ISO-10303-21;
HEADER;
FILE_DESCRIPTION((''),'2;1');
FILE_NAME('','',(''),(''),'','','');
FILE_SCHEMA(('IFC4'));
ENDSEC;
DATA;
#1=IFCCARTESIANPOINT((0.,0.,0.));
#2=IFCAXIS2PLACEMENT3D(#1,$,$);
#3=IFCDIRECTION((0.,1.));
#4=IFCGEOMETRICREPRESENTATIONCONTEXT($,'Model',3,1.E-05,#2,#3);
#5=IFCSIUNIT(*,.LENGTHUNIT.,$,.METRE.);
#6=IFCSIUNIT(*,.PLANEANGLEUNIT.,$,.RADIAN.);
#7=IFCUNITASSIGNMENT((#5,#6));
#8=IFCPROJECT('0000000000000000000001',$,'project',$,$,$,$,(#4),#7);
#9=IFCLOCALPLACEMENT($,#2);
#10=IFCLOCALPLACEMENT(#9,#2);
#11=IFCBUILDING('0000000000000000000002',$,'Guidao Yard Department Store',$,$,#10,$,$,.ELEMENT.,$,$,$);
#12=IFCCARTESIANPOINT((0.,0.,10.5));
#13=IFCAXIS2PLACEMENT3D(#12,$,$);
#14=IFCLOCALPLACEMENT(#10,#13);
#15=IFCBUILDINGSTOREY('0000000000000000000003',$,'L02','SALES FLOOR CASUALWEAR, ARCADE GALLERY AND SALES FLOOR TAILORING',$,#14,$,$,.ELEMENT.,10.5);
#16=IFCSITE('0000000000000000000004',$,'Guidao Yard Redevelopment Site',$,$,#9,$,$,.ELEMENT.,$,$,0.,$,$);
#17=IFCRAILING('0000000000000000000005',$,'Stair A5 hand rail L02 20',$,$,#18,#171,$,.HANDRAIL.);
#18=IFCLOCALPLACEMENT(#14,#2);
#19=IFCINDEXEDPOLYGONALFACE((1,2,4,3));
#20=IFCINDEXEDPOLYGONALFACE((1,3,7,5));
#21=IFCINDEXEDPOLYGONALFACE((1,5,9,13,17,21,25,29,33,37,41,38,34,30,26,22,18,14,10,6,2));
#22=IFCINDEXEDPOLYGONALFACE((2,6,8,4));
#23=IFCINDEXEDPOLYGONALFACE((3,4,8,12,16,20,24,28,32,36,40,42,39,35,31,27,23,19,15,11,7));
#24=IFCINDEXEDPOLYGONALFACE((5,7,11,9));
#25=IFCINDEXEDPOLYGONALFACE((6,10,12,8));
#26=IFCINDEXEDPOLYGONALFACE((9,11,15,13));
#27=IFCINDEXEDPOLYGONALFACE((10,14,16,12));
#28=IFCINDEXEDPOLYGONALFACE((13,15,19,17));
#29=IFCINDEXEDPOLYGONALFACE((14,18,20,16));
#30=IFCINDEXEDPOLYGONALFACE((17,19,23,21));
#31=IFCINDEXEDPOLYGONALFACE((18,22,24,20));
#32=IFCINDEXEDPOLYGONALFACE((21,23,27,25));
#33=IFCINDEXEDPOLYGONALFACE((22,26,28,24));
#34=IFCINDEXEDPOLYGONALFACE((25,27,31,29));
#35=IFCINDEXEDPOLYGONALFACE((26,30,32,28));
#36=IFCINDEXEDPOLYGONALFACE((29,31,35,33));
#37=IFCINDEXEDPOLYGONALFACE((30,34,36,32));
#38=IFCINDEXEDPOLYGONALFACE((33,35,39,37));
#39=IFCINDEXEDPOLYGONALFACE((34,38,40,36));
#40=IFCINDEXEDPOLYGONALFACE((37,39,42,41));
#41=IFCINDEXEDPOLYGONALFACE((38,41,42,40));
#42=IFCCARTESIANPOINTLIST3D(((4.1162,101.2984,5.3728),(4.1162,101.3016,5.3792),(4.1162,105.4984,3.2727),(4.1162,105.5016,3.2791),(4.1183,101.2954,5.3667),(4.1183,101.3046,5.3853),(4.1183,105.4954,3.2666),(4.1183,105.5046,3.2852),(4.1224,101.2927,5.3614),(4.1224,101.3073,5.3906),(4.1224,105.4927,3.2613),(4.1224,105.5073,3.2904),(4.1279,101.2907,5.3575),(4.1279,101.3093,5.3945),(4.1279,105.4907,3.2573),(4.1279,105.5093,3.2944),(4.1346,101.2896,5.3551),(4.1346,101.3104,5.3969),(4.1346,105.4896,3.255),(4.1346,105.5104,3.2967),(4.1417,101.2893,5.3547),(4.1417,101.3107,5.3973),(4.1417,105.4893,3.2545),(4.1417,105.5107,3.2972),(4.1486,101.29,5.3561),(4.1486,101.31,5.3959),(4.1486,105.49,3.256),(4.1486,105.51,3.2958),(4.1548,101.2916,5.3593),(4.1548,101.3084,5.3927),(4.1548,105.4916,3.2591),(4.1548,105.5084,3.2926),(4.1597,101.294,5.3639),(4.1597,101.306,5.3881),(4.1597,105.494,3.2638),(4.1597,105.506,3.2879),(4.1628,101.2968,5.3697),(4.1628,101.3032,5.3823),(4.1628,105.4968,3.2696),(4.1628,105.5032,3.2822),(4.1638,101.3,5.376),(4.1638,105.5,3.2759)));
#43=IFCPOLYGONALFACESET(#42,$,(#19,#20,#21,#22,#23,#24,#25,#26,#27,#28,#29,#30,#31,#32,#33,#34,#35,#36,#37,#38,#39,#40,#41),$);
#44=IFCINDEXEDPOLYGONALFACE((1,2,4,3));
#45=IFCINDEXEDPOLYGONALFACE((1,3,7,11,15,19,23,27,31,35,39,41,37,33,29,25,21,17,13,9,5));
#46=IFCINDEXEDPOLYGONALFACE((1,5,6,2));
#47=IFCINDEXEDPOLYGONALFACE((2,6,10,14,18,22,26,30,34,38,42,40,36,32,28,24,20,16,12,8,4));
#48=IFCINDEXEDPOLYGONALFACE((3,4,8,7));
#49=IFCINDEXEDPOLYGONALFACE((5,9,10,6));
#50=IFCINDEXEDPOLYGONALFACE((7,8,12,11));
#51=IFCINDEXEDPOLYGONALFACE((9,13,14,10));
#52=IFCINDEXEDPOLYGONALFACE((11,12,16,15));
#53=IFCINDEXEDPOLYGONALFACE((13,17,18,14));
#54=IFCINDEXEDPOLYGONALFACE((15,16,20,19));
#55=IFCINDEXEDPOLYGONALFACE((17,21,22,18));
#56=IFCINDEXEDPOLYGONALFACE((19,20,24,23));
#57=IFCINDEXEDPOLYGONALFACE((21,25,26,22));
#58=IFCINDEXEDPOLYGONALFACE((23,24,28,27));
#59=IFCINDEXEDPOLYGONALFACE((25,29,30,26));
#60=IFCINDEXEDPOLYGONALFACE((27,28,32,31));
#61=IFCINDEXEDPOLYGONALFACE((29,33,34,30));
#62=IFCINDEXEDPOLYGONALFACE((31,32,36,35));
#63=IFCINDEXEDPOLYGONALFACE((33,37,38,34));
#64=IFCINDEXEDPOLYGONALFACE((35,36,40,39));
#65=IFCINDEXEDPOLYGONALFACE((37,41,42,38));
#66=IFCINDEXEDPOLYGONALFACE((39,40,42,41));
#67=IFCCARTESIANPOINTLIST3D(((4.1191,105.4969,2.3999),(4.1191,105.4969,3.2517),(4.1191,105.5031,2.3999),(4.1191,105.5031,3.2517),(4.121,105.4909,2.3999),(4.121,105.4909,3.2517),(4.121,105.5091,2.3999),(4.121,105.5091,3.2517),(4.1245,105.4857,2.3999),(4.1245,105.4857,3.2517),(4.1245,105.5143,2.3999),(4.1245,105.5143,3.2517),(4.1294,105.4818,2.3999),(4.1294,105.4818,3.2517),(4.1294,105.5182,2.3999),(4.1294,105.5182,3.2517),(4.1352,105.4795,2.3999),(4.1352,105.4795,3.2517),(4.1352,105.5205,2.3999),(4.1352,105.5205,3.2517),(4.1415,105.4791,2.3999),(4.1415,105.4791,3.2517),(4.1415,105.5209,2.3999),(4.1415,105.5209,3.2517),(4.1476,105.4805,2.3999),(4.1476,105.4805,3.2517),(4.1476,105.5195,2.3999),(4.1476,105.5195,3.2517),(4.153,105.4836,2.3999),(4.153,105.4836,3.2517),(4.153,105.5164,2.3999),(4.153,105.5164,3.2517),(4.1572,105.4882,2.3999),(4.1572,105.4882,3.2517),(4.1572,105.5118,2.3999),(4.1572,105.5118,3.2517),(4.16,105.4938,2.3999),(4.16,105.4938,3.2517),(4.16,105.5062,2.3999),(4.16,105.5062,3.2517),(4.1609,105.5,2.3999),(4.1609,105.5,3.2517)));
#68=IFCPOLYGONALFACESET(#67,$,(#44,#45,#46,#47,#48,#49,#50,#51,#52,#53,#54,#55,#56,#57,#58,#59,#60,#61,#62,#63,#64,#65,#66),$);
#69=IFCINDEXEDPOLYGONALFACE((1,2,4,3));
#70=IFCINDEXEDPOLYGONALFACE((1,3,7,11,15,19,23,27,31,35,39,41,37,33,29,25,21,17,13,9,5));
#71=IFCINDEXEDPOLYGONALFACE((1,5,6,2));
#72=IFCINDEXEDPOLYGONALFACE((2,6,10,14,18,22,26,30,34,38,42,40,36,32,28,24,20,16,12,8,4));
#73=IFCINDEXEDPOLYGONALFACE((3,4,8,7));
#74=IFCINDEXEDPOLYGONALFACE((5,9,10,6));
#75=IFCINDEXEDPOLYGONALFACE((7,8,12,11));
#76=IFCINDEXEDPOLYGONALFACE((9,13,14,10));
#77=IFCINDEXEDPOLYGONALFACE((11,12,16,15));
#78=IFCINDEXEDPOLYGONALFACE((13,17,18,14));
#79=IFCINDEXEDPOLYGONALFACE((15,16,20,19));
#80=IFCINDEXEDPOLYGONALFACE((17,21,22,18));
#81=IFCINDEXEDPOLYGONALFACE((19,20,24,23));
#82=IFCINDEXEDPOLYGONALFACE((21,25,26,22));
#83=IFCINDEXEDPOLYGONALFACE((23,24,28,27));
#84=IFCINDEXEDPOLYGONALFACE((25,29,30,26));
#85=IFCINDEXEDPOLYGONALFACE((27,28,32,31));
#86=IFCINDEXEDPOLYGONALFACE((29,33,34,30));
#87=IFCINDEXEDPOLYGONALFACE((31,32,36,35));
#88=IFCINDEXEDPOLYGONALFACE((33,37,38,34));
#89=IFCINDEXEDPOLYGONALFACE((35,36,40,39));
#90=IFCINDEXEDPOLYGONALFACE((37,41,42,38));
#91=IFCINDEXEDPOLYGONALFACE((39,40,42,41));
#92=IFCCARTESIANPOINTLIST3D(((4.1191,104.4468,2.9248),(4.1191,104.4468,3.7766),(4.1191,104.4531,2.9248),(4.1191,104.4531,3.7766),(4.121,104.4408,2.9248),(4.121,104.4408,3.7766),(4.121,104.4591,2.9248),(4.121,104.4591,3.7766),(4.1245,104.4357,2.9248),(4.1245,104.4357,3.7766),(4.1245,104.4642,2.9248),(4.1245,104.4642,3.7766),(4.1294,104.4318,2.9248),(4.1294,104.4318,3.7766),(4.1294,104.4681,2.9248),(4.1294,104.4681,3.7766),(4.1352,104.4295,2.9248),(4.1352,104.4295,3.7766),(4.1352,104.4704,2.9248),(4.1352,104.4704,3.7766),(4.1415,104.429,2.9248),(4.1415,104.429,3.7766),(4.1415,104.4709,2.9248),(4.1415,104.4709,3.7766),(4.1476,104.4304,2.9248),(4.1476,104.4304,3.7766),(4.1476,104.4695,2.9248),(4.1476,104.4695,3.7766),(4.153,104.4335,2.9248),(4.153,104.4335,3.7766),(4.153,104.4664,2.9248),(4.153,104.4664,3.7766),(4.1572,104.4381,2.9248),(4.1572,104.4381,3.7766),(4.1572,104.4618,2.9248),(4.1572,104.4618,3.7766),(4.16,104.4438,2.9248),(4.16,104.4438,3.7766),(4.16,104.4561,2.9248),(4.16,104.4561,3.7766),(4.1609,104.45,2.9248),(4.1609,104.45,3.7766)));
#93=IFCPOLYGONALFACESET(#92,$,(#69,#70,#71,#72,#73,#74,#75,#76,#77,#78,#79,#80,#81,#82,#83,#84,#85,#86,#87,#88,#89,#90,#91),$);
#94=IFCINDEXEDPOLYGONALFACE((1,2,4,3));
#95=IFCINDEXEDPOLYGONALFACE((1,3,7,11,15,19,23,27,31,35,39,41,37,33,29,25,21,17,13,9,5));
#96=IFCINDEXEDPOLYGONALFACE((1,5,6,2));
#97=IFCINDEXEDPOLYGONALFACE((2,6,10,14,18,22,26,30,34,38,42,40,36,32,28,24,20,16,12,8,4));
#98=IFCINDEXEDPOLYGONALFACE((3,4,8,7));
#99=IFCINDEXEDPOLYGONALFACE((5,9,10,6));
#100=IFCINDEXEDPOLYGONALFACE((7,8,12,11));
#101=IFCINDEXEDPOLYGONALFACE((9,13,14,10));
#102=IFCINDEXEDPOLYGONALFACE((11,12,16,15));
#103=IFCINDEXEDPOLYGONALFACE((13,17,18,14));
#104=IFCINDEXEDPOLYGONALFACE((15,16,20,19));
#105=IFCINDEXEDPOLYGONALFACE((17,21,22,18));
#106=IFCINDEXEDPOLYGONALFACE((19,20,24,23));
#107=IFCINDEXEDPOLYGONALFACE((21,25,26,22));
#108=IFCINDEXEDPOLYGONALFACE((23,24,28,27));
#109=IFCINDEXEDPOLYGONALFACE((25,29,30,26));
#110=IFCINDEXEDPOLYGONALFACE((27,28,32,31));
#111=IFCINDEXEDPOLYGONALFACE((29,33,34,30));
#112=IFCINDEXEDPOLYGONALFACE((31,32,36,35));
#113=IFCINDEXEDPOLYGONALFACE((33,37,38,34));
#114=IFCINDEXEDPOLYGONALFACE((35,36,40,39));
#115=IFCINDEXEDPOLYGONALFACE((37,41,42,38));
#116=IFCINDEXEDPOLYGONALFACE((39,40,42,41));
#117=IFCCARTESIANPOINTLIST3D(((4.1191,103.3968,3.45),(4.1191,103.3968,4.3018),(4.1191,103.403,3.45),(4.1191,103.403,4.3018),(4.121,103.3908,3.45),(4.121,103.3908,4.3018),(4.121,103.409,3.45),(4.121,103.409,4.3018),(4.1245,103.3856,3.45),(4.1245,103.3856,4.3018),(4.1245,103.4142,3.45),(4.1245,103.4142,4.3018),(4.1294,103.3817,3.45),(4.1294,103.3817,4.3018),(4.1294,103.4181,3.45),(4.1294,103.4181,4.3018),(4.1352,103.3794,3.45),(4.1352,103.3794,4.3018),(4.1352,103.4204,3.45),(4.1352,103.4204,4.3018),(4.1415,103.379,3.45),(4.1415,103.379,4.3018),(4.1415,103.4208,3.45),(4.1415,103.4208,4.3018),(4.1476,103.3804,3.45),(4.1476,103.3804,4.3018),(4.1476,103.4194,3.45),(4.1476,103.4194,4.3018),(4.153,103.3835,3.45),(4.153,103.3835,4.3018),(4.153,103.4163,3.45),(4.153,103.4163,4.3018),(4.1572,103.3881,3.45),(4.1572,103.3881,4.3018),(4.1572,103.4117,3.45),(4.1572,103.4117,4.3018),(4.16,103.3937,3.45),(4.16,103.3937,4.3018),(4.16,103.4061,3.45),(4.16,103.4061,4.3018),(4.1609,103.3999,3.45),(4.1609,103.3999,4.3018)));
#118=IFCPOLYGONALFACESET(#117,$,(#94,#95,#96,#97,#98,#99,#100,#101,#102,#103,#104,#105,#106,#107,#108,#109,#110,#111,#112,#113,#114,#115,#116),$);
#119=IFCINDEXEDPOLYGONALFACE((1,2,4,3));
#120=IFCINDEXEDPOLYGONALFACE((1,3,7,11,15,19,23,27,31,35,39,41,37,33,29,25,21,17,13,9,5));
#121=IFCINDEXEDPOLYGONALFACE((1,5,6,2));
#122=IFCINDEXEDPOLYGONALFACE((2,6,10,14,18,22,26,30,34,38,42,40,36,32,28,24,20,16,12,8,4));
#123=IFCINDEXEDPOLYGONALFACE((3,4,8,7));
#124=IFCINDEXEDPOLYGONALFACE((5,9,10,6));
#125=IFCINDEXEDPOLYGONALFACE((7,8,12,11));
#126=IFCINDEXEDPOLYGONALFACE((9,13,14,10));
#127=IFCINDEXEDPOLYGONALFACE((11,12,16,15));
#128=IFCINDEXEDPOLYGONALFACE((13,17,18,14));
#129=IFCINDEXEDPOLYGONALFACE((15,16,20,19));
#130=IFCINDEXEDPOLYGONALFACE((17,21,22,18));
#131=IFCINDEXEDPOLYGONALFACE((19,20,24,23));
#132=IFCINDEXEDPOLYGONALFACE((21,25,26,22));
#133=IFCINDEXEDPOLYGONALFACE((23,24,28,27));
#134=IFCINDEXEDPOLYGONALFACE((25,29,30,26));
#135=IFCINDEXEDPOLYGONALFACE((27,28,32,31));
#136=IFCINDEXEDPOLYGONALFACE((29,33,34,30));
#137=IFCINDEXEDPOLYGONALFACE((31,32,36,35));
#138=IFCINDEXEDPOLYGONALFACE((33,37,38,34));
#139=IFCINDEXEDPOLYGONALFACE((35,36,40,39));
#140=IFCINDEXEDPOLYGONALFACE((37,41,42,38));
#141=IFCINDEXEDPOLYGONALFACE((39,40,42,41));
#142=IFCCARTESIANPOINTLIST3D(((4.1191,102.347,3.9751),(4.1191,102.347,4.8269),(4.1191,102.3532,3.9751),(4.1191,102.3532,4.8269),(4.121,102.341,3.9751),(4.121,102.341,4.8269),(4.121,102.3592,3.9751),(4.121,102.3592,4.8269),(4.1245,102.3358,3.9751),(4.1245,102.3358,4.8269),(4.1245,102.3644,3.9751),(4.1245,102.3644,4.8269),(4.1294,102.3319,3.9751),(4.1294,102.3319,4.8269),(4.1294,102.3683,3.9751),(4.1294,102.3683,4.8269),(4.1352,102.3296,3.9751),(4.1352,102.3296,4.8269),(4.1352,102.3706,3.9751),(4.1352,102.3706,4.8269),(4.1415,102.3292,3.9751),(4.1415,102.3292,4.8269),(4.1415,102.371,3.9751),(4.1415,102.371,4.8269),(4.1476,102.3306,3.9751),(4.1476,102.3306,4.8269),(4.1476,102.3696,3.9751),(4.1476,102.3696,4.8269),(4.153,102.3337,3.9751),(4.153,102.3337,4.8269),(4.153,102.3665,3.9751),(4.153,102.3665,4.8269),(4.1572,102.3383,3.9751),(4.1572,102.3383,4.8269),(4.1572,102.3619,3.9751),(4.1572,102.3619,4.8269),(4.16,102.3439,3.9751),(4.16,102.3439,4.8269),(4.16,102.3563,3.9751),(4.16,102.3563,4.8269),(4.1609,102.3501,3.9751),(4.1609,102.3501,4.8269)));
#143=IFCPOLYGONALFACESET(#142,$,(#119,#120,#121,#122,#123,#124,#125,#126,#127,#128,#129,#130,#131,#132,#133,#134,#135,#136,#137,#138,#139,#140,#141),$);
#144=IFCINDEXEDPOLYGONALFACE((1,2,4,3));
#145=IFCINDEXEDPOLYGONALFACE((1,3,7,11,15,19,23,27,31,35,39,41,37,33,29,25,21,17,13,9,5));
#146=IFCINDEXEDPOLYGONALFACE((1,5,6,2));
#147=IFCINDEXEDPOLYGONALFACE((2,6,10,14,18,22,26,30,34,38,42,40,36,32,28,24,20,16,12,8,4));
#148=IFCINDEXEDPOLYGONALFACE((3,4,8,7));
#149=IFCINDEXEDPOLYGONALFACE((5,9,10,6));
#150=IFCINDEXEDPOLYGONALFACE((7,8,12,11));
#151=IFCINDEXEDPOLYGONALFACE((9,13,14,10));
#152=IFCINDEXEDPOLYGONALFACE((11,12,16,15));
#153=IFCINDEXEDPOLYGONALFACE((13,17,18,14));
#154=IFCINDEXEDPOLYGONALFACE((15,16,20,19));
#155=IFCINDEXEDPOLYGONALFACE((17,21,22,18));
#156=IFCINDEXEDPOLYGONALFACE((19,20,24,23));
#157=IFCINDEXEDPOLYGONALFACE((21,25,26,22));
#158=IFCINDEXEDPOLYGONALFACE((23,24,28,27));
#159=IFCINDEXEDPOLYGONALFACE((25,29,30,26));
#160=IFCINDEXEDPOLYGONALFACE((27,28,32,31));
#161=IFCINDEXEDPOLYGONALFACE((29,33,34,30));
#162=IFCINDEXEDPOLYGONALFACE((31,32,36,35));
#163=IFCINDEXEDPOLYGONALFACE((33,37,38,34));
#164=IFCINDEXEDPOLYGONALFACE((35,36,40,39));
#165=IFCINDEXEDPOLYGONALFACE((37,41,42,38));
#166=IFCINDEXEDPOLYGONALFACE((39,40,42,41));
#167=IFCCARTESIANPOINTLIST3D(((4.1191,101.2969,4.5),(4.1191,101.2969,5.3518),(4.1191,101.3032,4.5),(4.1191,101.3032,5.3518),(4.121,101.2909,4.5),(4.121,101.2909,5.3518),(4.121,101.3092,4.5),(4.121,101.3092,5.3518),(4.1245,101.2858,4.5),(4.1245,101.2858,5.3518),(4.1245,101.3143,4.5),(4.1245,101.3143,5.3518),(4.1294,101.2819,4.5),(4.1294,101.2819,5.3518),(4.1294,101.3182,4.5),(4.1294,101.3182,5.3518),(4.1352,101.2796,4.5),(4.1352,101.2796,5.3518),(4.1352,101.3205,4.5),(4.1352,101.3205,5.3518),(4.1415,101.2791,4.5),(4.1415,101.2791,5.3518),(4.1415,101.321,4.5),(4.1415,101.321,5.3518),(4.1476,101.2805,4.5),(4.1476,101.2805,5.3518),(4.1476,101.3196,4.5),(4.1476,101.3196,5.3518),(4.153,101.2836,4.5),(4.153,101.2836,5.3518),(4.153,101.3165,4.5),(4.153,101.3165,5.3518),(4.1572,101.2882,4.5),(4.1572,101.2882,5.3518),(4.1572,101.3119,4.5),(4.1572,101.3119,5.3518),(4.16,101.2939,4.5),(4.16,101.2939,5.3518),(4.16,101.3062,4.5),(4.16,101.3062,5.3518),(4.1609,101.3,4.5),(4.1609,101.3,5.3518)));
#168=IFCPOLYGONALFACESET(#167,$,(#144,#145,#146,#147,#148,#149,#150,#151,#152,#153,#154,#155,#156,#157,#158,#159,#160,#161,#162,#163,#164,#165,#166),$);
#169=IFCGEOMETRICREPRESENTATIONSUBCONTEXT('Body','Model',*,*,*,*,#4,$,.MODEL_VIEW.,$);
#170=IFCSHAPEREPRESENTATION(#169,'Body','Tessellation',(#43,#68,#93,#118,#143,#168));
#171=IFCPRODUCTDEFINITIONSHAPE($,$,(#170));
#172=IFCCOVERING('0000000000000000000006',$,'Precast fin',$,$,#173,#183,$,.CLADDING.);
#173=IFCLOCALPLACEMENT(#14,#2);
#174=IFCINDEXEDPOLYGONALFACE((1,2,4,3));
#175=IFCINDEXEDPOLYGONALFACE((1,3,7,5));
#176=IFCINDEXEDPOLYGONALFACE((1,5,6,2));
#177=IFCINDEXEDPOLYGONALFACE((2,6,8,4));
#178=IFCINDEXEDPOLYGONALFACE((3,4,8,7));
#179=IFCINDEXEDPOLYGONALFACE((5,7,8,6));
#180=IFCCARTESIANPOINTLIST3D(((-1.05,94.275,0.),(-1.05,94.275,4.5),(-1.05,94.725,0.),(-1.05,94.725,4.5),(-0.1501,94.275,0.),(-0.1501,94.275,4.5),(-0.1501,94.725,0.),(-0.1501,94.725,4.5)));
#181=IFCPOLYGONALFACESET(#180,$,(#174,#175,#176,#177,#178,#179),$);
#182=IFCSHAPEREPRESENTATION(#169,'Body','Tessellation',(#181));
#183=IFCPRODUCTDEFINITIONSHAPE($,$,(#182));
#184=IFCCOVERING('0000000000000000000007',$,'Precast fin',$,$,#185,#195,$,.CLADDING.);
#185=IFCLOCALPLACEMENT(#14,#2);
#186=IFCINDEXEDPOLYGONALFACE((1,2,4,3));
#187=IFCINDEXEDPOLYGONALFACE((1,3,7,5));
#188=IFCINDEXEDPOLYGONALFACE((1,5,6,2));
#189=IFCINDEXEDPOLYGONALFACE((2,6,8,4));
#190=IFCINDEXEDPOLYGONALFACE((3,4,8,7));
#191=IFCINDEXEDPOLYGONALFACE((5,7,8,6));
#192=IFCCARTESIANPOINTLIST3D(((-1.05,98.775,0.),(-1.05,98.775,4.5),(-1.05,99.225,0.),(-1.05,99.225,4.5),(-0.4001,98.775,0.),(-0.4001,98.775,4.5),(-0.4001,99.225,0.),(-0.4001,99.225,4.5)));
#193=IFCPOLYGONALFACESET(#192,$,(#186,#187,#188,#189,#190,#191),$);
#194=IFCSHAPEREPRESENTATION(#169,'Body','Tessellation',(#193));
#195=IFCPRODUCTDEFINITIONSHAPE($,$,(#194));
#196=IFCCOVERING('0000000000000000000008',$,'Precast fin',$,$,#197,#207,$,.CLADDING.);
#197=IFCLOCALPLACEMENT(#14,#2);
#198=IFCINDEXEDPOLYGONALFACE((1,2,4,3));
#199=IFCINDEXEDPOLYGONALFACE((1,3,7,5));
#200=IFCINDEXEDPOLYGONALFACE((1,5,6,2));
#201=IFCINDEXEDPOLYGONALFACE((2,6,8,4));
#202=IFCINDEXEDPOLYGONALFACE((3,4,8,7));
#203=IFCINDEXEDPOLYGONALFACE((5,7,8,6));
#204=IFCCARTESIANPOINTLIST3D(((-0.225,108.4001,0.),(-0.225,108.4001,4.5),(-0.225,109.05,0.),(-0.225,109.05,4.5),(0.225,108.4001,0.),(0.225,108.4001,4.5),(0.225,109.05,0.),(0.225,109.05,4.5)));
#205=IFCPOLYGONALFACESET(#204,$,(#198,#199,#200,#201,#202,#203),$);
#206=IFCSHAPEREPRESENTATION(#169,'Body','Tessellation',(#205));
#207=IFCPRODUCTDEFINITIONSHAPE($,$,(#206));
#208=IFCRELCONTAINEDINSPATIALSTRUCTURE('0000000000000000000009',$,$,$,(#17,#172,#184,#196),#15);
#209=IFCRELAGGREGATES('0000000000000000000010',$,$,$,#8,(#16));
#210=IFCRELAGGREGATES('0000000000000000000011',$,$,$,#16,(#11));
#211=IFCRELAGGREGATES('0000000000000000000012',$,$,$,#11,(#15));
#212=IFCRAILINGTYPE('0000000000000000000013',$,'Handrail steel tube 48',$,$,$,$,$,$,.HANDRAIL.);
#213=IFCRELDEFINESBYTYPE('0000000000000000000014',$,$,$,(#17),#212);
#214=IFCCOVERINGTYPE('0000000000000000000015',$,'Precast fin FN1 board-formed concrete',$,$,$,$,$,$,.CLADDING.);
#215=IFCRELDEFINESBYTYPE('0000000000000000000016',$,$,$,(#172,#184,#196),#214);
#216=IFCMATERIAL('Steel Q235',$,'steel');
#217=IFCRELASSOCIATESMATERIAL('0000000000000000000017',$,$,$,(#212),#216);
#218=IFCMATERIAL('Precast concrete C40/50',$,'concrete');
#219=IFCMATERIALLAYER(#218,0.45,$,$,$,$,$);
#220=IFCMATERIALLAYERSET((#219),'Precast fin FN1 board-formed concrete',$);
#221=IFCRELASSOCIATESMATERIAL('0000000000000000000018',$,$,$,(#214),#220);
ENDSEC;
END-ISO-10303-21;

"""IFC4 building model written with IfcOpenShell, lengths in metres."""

from ifc_helpers import new_model, si_unit, direction, frame, origin, origin_2d, place, context, subcontext, project, spatial, rectangle, circle, extrude, material, layer, layer_set, type_object, element, save


model = new_model("IFC4")

# Units and contexts
model_context = context("Model", 3, precision=1e-05, world=origin(), true_north=direction((0.0, 1.0)))
body_context = subcontext(model_context, "Body", "Model", "MODEL_VIEW")
ifc_project = project(units=[si_unit("LENGTHUNIT", "METRE"), si_unit("PLANEANGLEUNIT", "RADIAN")], contexts=[model_context])

# Site, building, storey
site_placement = place(None, origin())
site = spatial("IfcSite", under=ifc_project, at=site_placement, Name="Guidao Yard Redevelopment Site", CompositionType="ELEMENT", RefElevation=0.0)
building_placement = place(site_placement, origin())
building = spatial("IfcBuilding", under=site, at=building_placement, Name="Guidao Yard Department Store", CompositionType="ELEMENT")
storey_placement = place(building_placement, frame((0.0, 0.0, 10.5)))
storey = spatial("IfcBuildingStorey", under=building, at=storey_placement, Name="L02", Description="SALES FLOOR CASUALWEAR, ARCADE GALLERY AND SALES FLOOR TAILORING", CompositionType="ELEMENT", Elevation=10.5)

# Railing
ifc_material_1 = material(Name="Steel Q235", Category="steel")
railing_type_1 = type_object("IfcRailingType", Name="Handrail steel tube 48", PredefinedType="HANDRAIL", material=ifc_material_1)
for number, where, name in (
    (1, (4.1399, 105.5, 2.3999), "Stair A5 hand rail L02 20"),
):
    element("IfcRailing", number, at=place(storey_placement, frame(where)), inside=storey, type_object=railing_type_1, Name=name, PredefinedType="HANDRAIL", context=body_context, shape_type="SweptSolid", body=[
        extrude(circle(Radius=0.0239, at=origin_2d()), frame((0.0, 0.0, 0.876), z_axis=(0.0, -0.894417, 0.447234), x_axis=(1.0, 0.0, 0.0)), (0.0, 0.0, 1.0), 4.6958),
        extrude(circle(Radius=0.021, at=origin_2d()), origin(), (0.0, 0.0, 1.0), 0.8518),
        extrude(circle(Radius=0.021, at=origin_2d()), frame((0.0, -1.05, 0.5249)), (0.0, 0.0, 1.0), 0.8518),
        extrude(circle(Radius=0.021, at=origin_2d()), frame((0.0, -2.1001, 1.05)), (0.0, 0.0, 1.0), 0.8518),
        extrude(circle(Radius=0.021, at=origin_2d()), frame((0.0, -3.1499, 1.5752)), (0.0, 0.0, 1.0), 0.8518),
        extrude(circle(Radius=0.021, at=origin_2d()), frame((0.0, -4.2, 2.1001)), (0.0, 0.0, 1.0), 0.8518),
    ])

# Coverings
ifc_material_2 = material(Name="Precast concrete C40/50", Category="concrete")
ifc_layer_1 = layer(ifc_material_2, 0.45)
ifc_layer_set_1 = layer_set([ifc_layer_1], Name="Precast fin FN1 board-formed concrete")
covering_type = type_object("IfcCoveringType", Name="Precast fin FN1 board-formed concrete", PredefinedType="CLADDING", material=ifc_layer_set_1)
covering_1_placement = place(storey_placement, frame((-0.6001, 94.5, 0.0), z_axis=(0.0, 0.0, 1.0), x_axis=(0.0, 1.0, 0.0)))
element("IfcCovering", 2, at=covering_1_placement, inside=storey, type_object=covering_type, Name="Precast fin", PredefinedType="CLADDING", context=body_context, shape_type="SweptSolid", body=[
    extrude(rectangle(XDim=0.45, YDim=0.8999, at=origin_2d()), origin(), (0.0, 0.0, 1.0), 4.5),
])
for number, where, z_axis, x_axis, name in (
    (3, (-0.7251, 99.0, 0.0), (0.0, 0.0, 1.0), (0.0, 1.0, 0.0), "Precast fin"),
    (4, (0.0, 108.7251, 0.0), (0.0, 0.0, 1.0), (1.0, 0.0, 0.0), "Precast fin"),
):
    element("IfcCovering", number, at=place(storey_placement, frame(where, z_axis=z_axis, x_axis=x_axis)), inside=storey, type_object=covering_type, Name=name, PredefinedType="CLADDING", context=body_context, shape_type="SweptSolid", body=[
        extrude(rectangle(XDim=0.45, YDim=0.6499, at=origin_2d()), origin(), (0.0, 0.0, 1.0), 4.5),
    ])

save(model, "model.ifc")
